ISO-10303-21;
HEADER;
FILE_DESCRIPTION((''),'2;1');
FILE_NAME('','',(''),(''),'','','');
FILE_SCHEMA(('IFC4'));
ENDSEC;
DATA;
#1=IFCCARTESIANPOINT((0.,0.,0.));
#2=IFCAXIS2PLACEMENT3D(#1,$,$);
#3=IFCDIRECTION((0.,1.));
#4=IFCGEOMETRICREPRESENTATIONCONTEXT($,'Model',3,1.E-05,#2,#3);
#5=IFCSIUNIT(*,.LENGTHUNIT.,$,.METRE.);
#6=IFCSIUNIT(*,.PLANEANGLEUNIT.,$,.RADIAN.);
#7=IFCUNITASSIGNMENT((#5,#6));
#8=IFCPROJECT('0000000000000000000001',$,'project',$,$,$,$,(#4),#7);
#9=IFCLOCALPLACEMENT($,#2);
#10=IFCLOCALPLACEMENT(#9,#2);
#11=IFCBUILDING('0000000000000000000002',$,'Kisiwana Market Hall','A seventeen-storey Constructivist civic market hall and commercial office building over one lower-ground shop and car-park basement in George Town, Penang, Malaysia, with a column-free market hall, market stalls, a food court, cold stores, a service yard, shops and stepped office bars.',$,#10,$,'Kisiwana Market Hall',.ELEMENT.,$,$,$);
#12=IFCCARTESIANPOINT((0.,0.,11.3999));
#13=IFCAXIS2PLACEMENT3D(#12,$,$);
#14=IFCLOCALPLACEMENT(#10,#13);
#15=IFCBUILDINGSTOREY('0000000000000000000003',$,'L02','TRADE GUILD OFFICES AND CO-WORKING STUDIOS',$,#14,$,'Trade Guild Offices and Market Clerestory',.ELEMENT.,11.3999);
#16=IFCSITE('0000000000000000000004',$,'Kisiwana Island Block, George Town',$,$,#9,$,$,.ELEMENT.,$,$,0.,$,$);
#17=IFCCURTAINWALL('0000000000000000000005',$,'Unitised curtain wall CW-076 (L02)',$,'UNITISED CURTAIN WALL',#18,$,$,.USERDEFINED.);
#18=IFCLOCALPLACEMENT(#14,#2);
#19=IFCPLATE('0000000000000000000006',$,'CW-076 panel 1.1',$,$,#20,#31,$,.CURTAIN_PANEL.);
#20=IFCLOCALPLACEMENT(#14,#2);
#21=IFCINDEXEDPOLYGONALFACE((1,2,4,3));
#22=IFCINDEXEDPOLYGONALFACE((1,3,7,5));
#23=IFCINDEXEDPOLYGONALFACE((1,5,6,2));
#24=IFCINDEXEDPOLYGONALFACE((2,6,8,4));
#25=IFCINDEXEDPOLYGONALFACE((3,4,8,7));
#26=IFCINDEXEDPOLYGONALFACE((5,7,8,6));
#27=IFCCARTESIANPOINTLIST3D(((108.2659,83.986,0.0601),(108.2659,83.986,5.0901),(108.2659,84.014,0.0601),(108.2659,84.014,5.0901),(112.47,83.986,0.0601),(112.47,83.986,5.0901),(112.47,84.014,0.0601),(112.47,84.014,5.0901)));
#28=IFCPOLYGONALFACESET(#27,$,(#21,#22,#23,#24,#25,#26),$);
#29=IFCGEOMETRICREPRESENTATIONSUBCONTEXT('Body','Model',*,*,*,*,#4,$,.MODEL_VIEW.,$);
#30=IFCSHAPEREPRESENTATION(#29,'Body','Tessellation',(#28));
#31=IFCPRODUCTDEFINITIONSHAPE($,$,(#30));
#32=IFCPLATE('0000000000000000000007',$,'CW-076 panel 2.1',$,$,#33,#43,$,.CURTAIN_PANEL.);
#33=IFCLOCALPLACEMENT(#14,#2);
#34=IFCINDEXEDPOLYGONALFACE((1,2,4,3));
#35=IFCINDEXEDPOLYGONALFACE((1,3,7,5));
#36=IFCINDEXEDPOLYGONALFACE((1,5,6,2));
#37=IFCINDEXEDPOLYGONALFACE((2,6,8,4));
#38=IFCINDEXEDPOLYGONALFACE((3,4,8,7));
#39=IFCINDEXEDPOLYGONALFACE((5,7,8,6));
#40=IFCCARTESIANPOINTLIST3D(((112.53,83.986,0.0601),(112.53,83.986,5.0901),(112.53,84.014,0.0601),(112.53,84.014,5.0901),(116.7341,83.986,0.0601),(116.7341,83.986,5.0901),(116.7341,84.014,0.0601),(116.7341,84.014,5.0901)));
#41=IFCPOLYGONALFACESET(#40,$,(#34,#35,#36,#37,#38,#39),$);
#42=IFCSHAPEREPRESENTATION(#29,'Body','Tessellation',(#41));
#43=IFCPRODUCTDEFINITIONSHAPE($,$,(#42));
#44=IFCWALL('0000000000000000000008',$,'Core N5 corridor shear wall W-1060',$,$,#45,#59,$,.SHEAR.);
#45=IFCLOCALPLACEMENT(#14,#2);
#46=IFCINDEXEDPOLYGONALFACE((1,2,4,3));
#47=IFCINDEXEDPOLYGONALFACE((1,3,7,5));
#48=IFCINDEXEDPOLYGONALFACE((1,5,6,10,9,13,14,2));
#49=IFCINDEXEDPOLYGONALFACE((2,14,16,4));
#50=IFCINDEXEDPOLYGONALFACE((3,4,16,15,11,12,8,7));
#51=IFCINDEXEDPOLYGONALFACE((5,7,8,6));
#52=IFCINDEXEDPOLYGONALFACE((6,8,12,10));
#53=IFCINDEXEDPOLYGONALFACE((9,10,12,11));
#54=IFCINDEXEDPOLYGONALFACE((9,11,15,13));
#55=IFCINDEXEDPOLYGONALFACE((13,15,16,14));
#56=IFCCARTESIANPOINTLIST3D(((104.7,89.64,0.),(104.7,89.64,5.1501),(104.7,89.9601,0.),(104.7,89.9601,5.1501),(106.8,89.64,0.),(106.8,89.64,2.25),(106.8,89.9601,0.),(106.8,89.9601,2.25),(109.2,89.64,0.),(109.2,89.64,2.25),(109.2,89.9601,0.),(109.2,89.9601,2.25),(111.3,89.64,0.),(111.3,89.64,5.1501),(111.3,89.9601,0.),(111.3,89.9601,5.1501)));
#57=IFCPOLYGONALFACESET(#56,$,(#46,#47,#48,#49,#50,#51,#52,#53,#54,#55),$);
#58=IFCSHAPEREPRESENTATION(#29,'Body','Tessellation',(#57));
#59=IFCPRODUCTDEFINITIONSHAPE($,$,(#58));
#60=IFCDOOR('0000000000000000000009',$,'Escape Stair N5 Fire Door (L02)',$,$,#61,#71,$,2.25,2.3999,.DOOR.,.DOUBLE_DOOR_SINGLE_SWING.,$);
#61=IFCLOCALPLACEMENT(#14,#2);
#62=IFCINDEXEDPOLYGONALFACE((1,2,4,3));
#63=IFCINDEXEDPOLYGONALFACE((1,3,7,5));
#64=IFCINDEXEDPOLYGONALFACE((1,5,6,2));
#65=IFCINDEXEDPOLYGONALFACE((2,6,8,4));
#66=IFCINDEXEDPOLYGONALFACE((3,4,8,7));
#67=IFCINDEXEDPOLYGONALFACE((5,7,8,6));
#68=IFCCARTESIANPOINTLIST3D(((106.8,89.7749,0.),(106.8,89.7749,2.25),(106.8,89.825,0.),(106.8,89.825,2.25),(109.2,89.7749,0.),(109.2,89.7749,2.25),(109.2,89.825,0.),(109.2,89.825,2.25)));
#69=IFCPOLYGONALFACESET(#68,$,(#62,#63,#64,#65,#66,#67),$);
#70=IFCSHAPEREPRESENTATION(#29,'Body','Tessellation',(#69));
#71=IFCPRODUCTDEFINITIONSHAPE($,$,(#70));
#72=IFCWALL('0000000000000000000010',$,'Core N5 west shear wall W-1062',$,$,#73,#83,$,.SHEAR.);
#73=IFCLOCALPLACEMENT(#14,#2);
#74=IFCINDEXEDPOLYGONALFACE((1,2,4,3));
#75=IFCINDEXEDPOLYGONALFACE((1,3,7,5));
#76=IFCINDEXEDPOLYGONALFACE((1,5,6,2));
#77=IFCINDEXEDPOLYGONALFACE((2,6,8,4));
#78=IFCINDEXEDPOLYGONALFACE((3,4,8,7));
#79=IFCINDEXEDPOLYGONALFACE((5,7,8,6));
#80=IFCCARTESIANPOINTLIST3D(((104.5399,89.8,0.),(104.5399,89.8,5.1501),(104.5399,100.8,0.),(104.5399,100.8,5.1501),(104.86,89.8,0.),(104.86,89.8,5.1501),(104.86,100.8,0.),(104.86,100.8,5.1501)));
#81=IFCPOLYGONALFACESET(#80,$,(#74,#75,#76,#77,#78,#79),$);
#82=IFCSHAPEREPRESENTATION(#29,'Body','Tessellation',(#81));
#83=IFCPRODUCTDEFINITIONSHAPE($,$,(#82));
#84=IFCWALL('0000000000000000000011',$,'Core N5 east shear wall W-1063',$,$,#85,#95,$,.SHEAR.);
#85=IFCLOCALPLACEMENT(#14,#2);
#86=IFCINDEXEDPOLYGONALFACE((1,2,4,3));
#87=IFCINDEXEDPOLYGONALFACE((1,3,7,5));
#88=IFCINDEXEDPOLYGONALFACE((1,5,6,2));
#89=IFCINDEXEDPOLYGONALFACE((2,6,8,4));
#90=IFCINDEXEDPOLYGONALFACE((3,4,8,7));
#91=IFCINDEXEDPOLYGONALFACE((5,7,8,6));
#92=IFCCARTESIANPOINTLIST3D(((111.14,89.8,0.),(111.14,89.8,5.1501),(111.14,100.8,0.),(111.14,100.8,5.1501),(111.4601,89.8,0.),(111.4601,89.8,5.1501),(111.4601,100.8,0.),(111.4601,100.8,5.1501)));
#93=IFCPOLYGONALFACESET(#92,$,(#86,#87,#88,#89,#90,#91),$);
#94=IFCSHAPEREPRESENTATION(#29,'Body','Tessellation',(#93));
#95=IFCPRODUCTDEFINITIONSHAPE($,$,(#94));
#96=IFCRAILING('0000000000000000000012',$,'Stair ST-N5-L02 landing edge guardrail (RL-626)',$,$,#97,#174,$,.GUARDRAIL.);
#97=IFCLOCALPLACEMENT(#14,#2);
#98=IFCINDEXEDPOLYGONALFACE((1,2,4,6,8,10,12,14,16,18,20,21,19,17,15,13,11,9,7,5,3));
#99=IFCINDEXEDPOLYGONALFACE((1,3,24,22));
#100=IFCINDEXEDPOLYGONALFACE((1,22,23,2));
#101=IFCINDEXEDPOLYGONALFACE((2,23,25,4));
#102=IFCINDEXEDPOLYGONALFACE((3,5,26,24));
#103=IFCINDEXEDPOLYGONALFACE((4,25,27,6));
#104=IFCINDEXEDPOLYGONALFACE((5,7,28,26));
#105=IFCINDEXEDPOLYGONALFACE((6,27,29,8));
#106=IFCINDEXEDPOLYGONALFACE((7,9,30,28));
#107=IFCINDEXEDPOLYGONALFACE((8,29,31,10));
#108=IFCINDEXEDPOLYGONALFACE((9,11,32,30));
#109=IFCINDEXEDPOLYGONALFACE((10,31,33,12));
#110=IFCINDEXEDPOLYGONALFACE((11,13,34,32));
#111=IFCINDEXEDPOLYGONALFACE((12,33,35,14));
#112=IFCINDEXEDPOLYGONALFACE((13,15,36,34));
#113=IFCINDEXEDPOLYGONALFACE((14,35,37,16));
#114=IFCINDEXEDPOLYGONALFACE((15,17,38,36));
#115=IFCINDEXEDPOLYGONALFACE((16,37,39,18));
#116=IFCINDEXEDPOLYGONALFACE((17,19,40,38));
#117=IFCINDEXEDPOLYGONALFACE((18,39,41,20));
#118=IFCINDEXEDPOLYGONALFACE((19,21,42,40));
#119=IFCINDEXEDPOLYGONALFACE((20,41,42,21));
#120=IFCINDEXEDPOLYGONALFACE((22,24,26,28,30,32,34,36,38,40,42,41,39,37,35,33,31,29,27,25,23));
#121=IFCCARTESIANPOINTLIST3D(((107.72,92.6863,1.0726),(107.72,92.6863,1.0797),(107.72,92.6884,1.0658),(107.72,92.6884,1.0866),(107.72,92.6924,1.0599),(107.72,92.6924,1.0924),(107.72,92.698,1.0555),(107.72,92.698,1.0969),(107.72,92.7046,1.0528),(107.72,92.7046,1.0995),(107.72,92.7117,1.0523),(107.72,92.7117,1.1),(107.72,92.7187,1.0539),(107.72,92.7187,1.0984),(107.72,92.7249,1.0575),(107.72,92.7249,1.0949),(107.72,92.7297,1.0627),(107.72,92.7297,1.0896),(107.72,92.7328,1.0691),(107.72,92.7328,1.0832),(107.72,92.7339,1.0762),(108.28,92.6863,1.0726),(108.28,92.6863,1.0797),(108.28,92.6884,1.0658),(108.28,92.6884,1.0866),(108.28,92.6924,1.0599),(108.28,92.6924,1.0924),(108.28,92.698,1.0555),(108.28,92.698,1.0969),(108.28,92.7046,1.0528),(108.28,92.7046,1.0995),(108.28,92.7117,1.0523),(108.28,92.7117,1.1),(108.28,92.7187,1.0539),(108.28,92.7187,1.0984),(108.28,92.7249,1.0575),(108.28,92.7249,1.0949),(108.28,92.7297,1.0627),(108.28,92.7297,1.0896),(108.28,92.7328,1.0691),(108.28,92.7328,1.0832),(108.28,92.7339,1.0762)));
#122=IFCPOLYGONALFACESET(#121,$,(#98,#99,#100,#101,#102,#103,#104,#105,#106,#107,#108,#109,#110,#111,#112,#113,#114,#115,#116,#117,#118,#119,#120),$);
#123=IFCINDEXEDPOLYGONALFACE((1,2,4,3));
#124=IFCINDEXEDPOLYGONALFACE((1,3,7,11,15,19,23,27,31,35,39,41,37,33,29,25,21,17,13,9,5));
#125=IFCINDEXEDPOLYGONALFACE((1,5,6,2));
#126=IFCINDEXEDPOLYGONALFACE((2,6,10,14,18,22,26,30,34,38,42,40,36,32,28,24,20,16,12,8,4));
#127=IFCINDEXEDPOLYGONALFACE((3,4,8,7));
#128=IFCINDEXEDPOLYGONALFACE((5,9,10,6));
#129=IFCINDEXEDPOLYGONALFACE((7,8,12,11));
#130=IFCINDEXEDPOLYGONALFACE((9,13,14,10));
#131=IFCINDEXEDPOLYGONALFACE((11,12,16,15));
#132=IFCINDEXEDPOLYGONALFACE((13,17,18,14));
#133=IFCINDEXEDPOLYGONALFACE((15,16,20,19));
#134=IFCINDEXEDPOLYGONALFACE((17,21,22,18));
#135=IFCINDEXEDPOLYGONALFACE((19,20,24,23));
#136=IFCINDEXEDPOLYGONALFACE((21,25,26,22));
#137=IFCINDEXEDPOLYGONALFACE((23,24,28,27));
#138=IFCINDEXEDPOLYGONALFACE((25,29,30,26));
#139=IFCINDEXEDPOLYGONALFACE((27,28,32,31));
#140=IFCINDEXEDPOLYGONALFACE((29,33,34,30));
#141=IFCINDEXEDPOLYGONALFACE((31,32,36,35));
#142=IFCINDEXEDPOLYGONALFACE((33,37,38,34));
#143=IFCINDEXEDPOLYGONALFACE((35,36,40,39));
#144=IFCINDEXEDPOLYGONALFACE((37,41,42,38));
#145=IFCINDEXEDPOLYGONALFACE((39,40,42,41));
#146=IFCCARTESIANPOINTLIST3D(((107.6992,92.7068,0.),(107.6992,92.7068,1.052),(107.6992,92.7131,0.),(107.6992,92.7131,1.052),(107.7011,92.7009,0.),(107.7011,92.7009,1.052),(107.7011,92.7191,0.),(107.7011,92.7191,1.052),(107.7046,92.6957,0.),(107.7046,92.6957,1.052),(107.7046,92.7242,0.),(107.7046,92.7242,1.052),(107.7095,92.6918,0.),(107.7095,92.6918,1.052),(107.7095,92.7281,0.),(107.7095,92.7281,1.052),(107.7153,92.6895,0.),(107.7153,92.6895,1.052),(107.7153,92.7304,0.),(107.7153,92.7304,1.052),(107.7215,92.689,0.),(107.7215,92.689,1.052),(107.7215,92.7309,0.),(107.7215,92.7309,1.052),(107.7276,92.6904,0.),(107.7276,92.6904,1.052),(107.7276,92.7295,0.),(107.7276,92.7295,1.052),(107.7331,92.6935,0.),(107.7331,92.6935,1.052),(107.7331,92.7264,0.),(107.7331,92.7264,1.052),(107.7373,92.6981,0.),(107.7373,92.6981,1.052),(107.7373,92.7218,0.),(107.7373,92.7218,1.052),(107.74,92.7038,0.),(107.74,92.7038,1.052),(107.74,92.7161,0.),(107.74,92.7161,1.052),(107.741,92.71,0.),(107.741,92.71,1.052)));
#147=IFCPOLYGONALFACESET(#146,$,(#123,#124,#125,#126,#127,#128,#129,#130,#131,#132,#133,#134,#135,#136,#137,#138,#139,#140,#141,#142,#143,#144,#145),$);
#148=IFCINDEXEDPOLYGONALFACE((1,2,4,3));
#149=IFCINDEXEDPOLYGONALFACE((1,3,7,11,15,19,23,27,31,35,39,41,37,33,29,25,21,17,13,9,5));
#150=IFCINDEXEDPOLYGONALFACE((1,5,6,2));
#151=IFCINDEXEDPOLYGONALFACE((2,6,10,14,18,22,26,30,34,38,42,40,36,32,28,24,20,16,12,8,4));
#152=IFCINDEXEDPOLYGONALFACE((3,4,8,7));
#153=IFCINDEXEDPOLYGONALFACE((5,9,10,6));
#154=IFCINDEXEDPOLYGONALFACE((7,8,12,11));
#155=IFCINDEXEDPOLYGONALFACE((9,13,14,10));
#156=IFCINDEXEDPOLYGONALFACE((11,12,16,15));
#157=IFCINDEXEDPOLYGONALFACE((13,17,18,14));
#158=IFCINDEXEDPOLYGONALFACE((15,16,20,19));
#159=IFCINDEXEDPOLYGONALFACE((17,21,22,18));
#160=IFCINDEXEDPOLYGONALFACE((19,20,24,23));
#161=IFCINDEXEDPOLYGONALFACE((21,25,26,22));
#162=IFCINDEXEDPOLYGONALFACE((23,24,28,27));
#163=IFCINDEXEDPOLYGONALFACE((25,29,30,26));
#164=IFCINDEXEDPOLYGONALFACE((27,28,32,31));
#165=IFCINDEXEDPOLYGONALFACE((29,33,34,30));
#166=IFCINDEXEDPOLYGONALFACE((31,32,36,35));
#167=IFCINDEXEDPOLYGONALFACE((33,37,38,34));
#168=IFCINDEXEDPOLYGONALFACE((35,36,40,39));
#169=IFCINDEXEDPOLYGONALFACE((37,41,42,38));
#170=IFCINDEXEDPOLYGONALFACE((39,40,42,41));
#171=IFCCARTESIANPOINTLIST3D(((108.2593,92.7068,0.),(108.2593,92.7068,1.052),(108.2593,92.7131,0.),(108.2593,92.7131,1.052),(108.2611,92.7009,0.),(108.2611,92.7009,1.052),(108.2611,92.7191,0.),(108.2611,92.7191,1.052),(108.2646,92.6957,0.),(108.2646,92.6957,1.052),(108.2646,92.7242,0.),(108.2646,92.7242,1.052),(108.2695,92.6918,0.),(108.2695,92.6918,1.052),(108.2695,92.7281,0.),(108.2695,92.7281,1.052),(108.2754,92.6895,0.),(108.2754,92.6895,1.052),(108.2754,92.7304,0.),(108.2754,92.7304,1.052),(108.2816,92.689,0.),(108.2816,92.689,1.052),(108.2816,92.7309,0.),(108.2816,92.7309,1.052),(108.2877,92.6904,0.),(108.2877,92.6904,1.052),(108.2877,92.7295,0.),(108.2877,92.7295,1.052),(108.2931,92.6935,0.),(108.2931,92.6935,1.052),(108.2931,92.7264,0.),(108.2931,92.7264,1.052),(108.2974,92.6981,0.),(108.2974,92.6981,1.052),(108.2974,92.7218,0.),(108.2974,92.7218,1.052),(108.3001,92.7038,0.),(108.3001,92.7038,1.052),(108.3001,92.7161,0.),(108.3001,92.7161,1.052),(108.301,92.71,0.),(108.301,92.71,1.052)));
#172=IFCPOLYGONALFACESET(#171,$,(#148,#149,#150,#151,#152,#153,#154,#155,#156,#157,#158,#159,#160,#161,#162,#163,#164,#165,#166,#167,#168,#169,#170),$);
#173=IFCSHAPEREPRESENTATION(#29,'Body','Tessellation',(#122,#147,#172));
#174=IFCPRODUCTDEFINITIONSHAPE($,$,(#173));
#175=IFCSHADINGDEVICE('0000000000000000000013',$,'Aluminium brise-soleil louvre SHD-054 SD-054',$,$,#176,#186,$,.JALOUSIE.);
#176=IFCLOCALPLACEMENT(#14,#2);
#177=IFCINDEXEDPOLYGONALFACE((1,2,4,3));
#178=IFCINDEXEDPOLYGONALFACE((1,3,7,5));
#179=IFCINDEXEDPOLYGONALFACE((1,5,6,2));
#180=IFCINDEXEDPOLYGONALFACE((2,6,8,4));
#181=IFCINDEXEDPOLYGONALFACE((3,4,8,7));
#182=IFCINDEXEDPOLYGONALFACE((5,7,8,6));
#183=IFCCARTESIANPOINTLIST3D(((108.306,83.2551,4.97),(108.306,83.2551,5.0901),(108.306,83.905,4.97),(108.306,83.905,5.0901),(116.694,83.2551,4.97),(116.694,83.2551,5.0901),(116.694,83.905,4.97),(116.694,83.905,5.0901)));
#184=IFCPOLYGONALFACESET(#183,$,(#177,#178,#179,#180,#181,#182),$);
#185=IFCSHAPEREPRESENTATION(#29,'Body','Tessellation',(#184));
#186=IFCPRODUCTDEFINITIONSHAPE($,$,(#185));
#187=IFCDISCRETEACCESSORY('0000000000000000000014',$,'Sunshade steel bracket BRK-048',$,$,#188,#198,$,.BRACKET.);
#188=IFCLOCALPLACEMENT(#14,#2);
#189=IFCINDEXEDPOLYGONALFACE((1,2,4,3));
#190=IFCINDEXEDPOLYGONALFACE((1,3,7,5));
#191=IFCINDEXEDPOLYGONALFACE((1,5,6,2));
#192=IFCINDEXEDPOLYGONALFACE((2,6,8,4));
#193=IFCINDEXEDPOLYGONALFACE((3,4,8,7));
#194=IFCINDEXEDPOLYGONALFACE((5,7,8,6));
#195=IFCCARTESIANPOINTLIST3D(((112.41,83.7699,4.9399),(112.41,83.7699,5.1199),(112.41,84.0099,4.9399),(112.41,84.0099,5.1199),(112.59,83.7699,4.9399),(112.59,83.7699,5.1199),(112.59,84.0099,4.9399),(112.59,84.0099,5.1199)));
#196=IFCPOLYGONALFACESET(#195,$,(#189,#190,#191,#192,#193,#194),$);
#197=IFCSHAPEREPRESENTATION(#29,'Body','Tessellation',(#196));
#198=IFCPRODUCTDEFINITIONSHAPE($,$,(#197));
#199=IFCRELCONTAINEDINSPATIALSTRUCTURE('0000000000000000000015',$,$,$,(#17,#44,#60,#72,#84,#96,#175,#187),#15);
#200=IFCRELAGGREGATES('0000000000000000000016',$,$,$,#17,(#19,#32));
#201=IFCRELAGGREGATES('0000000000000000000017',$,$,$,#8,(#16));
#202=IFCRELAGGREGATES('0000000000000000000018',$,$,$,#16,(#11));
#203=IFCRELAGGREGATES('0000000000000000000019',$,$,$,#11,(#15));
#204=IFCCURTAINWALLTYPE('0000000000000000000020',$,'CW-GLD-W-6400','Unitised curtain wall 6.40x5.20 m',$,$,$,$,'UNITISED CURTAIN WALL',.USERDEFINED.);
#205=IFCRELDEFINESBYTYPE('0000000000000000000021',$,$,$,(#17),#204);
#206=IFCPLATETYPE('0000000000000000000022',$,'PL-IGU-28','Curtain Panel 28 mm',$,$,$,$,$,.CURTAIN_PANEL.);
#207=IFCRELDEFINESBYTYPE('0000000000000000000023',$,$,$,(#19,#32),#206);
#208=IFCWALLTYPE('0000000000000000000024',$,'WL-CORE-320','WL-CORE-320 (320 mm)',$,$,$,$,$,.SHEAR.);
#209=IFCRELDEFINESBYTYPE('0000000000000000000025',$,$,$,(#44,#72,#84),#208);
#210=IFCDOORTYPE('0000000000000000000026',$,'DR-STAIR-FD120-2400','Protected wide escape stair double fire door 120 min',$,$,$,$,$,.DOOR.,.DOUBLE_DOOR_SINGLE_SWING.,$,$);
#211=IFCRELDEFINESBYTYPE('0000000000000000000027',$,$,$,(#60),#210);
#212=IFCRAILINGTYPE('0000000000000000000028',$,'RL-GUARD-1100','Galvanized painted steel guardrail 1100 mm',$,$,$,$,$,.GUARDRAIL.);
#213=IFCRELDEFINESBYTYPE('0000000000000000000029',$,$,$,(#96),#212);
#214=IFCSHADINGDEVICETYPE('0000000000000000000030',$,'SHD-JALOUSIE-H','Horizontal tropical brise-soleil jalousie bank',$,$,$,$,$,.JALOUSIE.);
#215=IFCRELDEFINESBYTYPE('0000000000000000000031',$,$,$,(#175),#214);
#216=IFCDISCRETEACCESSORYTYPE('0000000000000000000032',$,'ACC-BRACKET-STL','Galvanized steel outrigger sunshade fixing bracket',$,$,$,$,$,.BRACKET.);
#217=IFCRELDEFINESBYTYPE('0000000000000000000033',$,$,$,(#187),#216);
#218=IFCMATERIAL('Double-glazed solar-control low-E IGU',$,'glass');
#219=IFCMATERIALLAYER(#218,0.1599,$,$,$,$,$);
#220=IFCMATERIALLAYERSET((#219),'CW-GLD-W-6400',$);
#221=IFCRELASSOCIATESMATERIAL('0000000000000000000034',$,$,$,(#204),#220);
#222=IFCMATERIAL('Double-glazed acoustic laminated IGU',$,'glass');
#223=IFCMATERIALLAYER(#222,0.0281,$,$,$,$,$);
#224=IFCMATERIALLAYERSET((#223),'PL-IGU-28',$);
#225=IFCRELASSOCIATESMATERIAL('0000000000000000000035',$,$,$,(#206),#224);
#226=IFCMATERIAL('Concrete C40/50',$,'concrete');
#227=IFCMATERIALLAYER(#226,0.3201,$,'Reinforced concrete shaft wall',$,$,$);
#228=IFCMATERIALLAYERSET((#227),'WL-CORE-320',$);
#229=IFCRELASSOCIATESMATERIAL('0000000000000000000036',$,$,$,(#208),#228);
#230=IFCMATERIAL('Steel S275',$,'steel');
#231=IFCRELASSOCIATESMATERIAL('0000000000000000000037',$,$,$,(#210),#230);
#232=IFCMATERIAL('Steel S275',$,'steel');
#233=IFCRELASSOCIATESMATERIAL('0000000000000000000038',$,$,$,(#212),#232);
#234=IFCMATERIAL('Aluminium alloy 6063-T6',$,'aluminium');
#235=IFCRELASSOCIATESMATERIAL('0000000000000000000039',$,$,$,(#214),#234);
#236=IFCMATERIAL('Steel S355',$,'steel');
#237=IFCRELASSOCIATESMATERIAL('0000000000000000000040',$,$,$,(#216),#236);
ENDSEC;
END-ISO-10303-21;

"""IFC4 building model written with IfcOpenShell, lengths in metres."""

from ifc_helpers import new_model, si_unit, direction, frame, frame_2d, origin, origin_2d, place, context, subcontext, project, spatial, rectangle, circle, extrude, material, layer, layer_set, type_object, element, fill, aggregate, save


model = new_model("IFC4")

# Units and contexts
model_context = context("Model", 3, precision=1e-05, world=origin(), true_north=direction((0.0, 1.0)))
body_context = subcontext(model_context, "Body", "Model", "MODEL_VIEW")
ifc_project = project(units=[si_unit("LENGTHUNIT", "METRE"), si_unit("PLANEANGLEUNIT", "RADIAN")], contexts=[model_context])

# Site, building, storey
site_placement = place(None, origin())
site = spatial("IfcSite", under=ifc_project, at=site_placement, Name="Kisiwana Island Block, George Town", CompositionType="ELEMENT", RefElevation=0.0)
building_placement = place(site_placement, origin())
building = spatial("IfcBuilding", under=site, at=building_placement, Name="Kisiwana Market Hall", Description="A seventeen-storey Constructivist civic market hall and commercial office building over one lower-ground shop and car-park basement in George Town, Penang, Malaysia, with a column-free market hall, market stalls, a food court, cold stores, a service yard, shops and stepped office bars.", LongName="Kisiwana Market Hall", CompositionType="ELEMENT")
storey_placement = place(building_placement, frame((0.0, 0.0, 11.3999)))
storey = spatial("IfcBuildingStorey", under=building, at=storey_placement, Name="L02", Description="TRADE GUILD OFFICES AND CO-WORKING STUDIOS", LongName="Trade Guild Offices and Market Clerestory", CompositionType="ELEMENT", Elevation=11.3999)

# Shared definitions
ifc_material_1 = material(Name="Double-glazed solar-control low-E IGU", Category="glass")
ifc_layer_1 = layer(ifc_material_1, 0.1599)
ifc_layer_set_1 = layer_set([ifc_layer_1], Name="CW-GLD-W-6400")
curtain_wall_type = type_object("IfcCurtainWallType", Name="CW-GLD-W-6400", Description="Unitised curtain wall 6.40x5.20 m", ElementType="UNITISED CURTAIN WALL", PredefinedType="USERDEFINED", material=ifc_layer_set_1)

# Curtain wall
curtain_wall_1_placement = place(storey_placement, origin())
curtain_wall_1 = element("IfcCurtainWall", 1, at=curtain_wall_1_placement, inside=storey, type_object=curtain_wall_type, Name="Unitised curtain wall CW-076 (L02)", ObjectType="UNITISED CURTAIN WALL", PredefinedType="USERDEFINED")

# Plates
ifc_material_2 = material(Name="Double-glazed acoustic laminated IGU", Category="glass")
ifc_layer_2 = layer(ifc_material_2, 0.0281)
ifc_layer_set_2 = layer_set([ifc_layer_2], Name="PL-IGU-28")
plate_type_1 = type_object("IfcPlateType", Name="PL-IGU-28", Description="Curtain Panel 28 mm", PredefinedType="CURTAIN_PANEL", material=ifc_layer_set_2)
plate_1_placement = place(storey_placement, frame((110.3679, 84.0, 0.0601), z_axis=(0.0, 0.0, 1.0), x_axis=(1.0, 0.0, 0.0)))
plate_1 = element("IfcPlate", 2, at=plate_1_placement, type_object=plate_type_1, Name="CW-076 panel 1.1", PredefinedType="CURTAIN_PANEL", context=body_context, shape_type="SweptSolid", body=[
    extrude(rectangle(XDim=4.2041, YDim=0.0281, at=origin_2d()), origin(), (0.0, 0.0, 1.0), 5.03),
])
plate_2_placement = place(storey_placement, frame((114.6321, 84.0, 0.0601), z_axis=(0.0, 0.0, 1.0), x_axis=(1.0, 0.0, 0.0)))
plate_2 = element("IfcPlate", 3, at=plate_2_placement, type_object=plate_type_1, Name="CW-076 panel 2.1", PredefinedType="CURTAIN_PANEL", context=body_context, shape_type="SweptSolid", body=[
    extrude(rectangle(XDim=4.2041, YDim=0.0281, at=origin_2d()), origin(), (0.0, 0.0, 1.0), 5.03),
])
aggregate(curtain_wall_1, [plate_1, plate_2])

# Wall, opening, door
ifc_material_3 = material(Name="Concrete C40/50", Category="concrete")
ifc_layer_3 = layer(ifc_material_3, 0.3201, Name="Reinforced concrete shaft wall")
ifc_layer_set_3 = layer_set([ifc_layer_3], Name="WL-CORE-320")
wall_type = type_object("IfcWallType", Name="WL-CORE-320", Description="WL-CORE-320 (320 mm)", PredefinedType="SHEAR", material=ifc_layer_set_3)
wall_placement = place(storey_placement, frame((104.7, 89.8, 0.0), z_axis=(0.0, 0.0, 1.0), x_axis=(1.0, 0.0, 0.0)))
wall = element("IfcWall", 4, at=wall_placement, inside=storey, type_object=wall_type, Name="Core N5 corridor shear wall W-1060", PredefinedType="SHEAR", context=body_context, shape_type="SweptSolid", body=[
    extrude(rectangle(XDim=6.6001, YDim=0.3201, at=frame_2d((3.3, 0.0))), origin(), (0.0, 0.0, 1.0), 5.1501),
])
opening_placement = place(wall_placement, frame((2.1001, 0.0, 0.0)))
opening = element("IfcOpeningElement", 5, at=opening_placement, cuts=wall, PredefinedType="OPENING", context=body_context, shape_type="SweptSolid", body=[
    extrude(rectangle(XDim=2.3999, YDim=2.25, at=frame_2d((1.2, 1.125))), frame((0.0, 0.1719, 0.0), z_axis=(0.0, -1.0, 0.0), x_axis=(1.0, 0.0, 0.0)), (0.0, 0.0, 1.0), 0.344),
])
ifc_material_4 = material(Name="Steel S275", Category="steel")
door_type = type_object("IfcDoorType", Name="DR-STAIR-FD120-2400", Description="Protected wide escape stair double fire door 120 min", OperationType="DOUBLE_DOOR_SINGLE_SWING", PredefinedType="DOOR", material=ifc_material_4)
door_placement = place(opening_placement, origin())
door = element("IfcDoor", 6, at=door_placement, inside=storey, type_object=door_type, Name="Escape Stair N5 Fire Door (L02)", OperationType="DOUBLE_DOOR_SINGLE_SWING", OverallHeight=2.25, OverallWidth=2.3999, PredefinedType="DOOR", context=body_context, shape_type="SweptSolid", body=[
    extrude(rectangle(XDim=2.3999, YDim=2.25, at=frame_2d((1.2, 1.125))), frame((0.0, 0.0249, 0.0), z_axis=(0.0, -1.0, 0.0), x_axis=(1.0, 0.0, 0.0)), (0.0, 0.0, 1.0), 0.05),
])
fill(opening, door)

# Walls
for number, where, z_axis, x_axis, name in (
    (7, (104.7, 89.8, 0.0), (0.0, 0.0, 1.0), (0.0, 1.0, 0.0), "Core N5 west shear wall W-1062"),
    (8, (111.3, 89.8, 0.0), (0.0, 0.0, 1.0), (0.0, 1.0, 0.0), "Core N5 east shear wall W-1063"),
):
    element("IfcWall", number, at=place(storey_placement, frame(where, z_axis=z_axis, x_axis=x_axis)), inside=storey, type_object=wall_type, Name=name, PredefinedType="SHEAR", context=body_context, shape_type="SweptSolid", body=[
        extrude(rectangle(XDim=11.0, YDim=0.3201, at=frame_2d((5.5, 0.0))), origin(), (0.0, 0.0, 1.0), 5.1501),
    ])

# Railing
ifc_material_5 = material(Name="Steel S275", Category="steel")
railing_type = type_object("IfcRailingType", Name="RL-GUARD-1100", Description="Galvanized painted steel guardrail 1100 mm", PredefinedType="GUARDRAIL", material=ifc_material_5)
railing_placement = place(storey_placement, frame((107.72, 92.71, 0.0)))
element("IfcRailing", 9, at=railing_placement, inside=storey, type_object=railing_type, Name="Stair ST-N5-L02 landing edge guardrail (RL-626)", PredefinedType="GUARDRAIL", context=body_context, shape_type="SweptSolid", body=[
    extrude(circle(Radius=0.0239, at=origin_2d()), frame((0.0, 0.0, 1.0762), z_axis=(1.0, 0.0, 0.0), x_axis=(0.0, 1.0, 0.0)), (0.0, 0.0, 1.0), 0.5601),
    extrude(circle(Radius=0.021, at=origin_2d()), origin(), (0.0, 0.0, 1.0), 1.052),
    extrude(circle(Radius=0.021, at=origin_2d()), frame((0.5601, 0.0, 0.0)), (0.0, 0.0, 1.0), 1.052),
])

# Shading device
ifc_material_6 = material(Name="Aluminium alloy 6063-T6", Category="aluminium")
shading_device_type = type_object("IfcShadingDeviceType", Name="SHD-JALOUSIE-H", Description="Horizontal tropical brise-soleil jalousie bank", PredefinedType="JALOUSIE", material=ifc_material_6)
shading_device_placement = place(storey_placement, frame((112.5, 83.5801, 4.97), z_axis=(0.0, 0.0, 1.0), x_axis=(1.0, 0.0, 0.0)))
element("IfcShadingDevice", 10, at=shading_device_placement, inside=storey, type_object=shading_device_type, Name="Aluminium brise-soleil louvre SHD-054 SD-054", PredefinedType="JALOUSIE", context=body_context, shape_type="SweptSolid", body=[
    extrude(rectangle(XDim=8.3879, YDim=0.6499, at=origin_2d()), origin(), (0.0, 0.0, 1.0), 0.1201),
])

# Discrete accessory
ifc_material_7 = material(Name="Steel S355", Category="steel")
discrete_accessory_type = type_object("IfcDiscreteAccessoryType", Name="ACC-BRACKET-STL", Description="Galvanized steel outrigger sunshade fixing bracket", PredefinedType="BRACKET", material=ifc_material_7)
discrete_accessory_placement = place(storey_placement, frame((112.5, 83.8899, 4.9399), z_axis=(0.0, 0.0, 1.0), x_axis=(1.0, 0.0, 0.0)))
element("IfcDiscreteAccessory", 11, at=discrete_accessory_placement, inside=storey, type_object=discrete_accessory_type, Name="Sunshade steel bracket BRK-048", PredefinedType="BRACKET", context=body_context, shape_type="SweptSolid", body=[
    extrude(rectangle(XDim=0.1799, YDim=0.24, at=origin_2d()), origin(), (0.0, 0.0, 1.0), 0.1799),
])

save(model, "model.ifc")
